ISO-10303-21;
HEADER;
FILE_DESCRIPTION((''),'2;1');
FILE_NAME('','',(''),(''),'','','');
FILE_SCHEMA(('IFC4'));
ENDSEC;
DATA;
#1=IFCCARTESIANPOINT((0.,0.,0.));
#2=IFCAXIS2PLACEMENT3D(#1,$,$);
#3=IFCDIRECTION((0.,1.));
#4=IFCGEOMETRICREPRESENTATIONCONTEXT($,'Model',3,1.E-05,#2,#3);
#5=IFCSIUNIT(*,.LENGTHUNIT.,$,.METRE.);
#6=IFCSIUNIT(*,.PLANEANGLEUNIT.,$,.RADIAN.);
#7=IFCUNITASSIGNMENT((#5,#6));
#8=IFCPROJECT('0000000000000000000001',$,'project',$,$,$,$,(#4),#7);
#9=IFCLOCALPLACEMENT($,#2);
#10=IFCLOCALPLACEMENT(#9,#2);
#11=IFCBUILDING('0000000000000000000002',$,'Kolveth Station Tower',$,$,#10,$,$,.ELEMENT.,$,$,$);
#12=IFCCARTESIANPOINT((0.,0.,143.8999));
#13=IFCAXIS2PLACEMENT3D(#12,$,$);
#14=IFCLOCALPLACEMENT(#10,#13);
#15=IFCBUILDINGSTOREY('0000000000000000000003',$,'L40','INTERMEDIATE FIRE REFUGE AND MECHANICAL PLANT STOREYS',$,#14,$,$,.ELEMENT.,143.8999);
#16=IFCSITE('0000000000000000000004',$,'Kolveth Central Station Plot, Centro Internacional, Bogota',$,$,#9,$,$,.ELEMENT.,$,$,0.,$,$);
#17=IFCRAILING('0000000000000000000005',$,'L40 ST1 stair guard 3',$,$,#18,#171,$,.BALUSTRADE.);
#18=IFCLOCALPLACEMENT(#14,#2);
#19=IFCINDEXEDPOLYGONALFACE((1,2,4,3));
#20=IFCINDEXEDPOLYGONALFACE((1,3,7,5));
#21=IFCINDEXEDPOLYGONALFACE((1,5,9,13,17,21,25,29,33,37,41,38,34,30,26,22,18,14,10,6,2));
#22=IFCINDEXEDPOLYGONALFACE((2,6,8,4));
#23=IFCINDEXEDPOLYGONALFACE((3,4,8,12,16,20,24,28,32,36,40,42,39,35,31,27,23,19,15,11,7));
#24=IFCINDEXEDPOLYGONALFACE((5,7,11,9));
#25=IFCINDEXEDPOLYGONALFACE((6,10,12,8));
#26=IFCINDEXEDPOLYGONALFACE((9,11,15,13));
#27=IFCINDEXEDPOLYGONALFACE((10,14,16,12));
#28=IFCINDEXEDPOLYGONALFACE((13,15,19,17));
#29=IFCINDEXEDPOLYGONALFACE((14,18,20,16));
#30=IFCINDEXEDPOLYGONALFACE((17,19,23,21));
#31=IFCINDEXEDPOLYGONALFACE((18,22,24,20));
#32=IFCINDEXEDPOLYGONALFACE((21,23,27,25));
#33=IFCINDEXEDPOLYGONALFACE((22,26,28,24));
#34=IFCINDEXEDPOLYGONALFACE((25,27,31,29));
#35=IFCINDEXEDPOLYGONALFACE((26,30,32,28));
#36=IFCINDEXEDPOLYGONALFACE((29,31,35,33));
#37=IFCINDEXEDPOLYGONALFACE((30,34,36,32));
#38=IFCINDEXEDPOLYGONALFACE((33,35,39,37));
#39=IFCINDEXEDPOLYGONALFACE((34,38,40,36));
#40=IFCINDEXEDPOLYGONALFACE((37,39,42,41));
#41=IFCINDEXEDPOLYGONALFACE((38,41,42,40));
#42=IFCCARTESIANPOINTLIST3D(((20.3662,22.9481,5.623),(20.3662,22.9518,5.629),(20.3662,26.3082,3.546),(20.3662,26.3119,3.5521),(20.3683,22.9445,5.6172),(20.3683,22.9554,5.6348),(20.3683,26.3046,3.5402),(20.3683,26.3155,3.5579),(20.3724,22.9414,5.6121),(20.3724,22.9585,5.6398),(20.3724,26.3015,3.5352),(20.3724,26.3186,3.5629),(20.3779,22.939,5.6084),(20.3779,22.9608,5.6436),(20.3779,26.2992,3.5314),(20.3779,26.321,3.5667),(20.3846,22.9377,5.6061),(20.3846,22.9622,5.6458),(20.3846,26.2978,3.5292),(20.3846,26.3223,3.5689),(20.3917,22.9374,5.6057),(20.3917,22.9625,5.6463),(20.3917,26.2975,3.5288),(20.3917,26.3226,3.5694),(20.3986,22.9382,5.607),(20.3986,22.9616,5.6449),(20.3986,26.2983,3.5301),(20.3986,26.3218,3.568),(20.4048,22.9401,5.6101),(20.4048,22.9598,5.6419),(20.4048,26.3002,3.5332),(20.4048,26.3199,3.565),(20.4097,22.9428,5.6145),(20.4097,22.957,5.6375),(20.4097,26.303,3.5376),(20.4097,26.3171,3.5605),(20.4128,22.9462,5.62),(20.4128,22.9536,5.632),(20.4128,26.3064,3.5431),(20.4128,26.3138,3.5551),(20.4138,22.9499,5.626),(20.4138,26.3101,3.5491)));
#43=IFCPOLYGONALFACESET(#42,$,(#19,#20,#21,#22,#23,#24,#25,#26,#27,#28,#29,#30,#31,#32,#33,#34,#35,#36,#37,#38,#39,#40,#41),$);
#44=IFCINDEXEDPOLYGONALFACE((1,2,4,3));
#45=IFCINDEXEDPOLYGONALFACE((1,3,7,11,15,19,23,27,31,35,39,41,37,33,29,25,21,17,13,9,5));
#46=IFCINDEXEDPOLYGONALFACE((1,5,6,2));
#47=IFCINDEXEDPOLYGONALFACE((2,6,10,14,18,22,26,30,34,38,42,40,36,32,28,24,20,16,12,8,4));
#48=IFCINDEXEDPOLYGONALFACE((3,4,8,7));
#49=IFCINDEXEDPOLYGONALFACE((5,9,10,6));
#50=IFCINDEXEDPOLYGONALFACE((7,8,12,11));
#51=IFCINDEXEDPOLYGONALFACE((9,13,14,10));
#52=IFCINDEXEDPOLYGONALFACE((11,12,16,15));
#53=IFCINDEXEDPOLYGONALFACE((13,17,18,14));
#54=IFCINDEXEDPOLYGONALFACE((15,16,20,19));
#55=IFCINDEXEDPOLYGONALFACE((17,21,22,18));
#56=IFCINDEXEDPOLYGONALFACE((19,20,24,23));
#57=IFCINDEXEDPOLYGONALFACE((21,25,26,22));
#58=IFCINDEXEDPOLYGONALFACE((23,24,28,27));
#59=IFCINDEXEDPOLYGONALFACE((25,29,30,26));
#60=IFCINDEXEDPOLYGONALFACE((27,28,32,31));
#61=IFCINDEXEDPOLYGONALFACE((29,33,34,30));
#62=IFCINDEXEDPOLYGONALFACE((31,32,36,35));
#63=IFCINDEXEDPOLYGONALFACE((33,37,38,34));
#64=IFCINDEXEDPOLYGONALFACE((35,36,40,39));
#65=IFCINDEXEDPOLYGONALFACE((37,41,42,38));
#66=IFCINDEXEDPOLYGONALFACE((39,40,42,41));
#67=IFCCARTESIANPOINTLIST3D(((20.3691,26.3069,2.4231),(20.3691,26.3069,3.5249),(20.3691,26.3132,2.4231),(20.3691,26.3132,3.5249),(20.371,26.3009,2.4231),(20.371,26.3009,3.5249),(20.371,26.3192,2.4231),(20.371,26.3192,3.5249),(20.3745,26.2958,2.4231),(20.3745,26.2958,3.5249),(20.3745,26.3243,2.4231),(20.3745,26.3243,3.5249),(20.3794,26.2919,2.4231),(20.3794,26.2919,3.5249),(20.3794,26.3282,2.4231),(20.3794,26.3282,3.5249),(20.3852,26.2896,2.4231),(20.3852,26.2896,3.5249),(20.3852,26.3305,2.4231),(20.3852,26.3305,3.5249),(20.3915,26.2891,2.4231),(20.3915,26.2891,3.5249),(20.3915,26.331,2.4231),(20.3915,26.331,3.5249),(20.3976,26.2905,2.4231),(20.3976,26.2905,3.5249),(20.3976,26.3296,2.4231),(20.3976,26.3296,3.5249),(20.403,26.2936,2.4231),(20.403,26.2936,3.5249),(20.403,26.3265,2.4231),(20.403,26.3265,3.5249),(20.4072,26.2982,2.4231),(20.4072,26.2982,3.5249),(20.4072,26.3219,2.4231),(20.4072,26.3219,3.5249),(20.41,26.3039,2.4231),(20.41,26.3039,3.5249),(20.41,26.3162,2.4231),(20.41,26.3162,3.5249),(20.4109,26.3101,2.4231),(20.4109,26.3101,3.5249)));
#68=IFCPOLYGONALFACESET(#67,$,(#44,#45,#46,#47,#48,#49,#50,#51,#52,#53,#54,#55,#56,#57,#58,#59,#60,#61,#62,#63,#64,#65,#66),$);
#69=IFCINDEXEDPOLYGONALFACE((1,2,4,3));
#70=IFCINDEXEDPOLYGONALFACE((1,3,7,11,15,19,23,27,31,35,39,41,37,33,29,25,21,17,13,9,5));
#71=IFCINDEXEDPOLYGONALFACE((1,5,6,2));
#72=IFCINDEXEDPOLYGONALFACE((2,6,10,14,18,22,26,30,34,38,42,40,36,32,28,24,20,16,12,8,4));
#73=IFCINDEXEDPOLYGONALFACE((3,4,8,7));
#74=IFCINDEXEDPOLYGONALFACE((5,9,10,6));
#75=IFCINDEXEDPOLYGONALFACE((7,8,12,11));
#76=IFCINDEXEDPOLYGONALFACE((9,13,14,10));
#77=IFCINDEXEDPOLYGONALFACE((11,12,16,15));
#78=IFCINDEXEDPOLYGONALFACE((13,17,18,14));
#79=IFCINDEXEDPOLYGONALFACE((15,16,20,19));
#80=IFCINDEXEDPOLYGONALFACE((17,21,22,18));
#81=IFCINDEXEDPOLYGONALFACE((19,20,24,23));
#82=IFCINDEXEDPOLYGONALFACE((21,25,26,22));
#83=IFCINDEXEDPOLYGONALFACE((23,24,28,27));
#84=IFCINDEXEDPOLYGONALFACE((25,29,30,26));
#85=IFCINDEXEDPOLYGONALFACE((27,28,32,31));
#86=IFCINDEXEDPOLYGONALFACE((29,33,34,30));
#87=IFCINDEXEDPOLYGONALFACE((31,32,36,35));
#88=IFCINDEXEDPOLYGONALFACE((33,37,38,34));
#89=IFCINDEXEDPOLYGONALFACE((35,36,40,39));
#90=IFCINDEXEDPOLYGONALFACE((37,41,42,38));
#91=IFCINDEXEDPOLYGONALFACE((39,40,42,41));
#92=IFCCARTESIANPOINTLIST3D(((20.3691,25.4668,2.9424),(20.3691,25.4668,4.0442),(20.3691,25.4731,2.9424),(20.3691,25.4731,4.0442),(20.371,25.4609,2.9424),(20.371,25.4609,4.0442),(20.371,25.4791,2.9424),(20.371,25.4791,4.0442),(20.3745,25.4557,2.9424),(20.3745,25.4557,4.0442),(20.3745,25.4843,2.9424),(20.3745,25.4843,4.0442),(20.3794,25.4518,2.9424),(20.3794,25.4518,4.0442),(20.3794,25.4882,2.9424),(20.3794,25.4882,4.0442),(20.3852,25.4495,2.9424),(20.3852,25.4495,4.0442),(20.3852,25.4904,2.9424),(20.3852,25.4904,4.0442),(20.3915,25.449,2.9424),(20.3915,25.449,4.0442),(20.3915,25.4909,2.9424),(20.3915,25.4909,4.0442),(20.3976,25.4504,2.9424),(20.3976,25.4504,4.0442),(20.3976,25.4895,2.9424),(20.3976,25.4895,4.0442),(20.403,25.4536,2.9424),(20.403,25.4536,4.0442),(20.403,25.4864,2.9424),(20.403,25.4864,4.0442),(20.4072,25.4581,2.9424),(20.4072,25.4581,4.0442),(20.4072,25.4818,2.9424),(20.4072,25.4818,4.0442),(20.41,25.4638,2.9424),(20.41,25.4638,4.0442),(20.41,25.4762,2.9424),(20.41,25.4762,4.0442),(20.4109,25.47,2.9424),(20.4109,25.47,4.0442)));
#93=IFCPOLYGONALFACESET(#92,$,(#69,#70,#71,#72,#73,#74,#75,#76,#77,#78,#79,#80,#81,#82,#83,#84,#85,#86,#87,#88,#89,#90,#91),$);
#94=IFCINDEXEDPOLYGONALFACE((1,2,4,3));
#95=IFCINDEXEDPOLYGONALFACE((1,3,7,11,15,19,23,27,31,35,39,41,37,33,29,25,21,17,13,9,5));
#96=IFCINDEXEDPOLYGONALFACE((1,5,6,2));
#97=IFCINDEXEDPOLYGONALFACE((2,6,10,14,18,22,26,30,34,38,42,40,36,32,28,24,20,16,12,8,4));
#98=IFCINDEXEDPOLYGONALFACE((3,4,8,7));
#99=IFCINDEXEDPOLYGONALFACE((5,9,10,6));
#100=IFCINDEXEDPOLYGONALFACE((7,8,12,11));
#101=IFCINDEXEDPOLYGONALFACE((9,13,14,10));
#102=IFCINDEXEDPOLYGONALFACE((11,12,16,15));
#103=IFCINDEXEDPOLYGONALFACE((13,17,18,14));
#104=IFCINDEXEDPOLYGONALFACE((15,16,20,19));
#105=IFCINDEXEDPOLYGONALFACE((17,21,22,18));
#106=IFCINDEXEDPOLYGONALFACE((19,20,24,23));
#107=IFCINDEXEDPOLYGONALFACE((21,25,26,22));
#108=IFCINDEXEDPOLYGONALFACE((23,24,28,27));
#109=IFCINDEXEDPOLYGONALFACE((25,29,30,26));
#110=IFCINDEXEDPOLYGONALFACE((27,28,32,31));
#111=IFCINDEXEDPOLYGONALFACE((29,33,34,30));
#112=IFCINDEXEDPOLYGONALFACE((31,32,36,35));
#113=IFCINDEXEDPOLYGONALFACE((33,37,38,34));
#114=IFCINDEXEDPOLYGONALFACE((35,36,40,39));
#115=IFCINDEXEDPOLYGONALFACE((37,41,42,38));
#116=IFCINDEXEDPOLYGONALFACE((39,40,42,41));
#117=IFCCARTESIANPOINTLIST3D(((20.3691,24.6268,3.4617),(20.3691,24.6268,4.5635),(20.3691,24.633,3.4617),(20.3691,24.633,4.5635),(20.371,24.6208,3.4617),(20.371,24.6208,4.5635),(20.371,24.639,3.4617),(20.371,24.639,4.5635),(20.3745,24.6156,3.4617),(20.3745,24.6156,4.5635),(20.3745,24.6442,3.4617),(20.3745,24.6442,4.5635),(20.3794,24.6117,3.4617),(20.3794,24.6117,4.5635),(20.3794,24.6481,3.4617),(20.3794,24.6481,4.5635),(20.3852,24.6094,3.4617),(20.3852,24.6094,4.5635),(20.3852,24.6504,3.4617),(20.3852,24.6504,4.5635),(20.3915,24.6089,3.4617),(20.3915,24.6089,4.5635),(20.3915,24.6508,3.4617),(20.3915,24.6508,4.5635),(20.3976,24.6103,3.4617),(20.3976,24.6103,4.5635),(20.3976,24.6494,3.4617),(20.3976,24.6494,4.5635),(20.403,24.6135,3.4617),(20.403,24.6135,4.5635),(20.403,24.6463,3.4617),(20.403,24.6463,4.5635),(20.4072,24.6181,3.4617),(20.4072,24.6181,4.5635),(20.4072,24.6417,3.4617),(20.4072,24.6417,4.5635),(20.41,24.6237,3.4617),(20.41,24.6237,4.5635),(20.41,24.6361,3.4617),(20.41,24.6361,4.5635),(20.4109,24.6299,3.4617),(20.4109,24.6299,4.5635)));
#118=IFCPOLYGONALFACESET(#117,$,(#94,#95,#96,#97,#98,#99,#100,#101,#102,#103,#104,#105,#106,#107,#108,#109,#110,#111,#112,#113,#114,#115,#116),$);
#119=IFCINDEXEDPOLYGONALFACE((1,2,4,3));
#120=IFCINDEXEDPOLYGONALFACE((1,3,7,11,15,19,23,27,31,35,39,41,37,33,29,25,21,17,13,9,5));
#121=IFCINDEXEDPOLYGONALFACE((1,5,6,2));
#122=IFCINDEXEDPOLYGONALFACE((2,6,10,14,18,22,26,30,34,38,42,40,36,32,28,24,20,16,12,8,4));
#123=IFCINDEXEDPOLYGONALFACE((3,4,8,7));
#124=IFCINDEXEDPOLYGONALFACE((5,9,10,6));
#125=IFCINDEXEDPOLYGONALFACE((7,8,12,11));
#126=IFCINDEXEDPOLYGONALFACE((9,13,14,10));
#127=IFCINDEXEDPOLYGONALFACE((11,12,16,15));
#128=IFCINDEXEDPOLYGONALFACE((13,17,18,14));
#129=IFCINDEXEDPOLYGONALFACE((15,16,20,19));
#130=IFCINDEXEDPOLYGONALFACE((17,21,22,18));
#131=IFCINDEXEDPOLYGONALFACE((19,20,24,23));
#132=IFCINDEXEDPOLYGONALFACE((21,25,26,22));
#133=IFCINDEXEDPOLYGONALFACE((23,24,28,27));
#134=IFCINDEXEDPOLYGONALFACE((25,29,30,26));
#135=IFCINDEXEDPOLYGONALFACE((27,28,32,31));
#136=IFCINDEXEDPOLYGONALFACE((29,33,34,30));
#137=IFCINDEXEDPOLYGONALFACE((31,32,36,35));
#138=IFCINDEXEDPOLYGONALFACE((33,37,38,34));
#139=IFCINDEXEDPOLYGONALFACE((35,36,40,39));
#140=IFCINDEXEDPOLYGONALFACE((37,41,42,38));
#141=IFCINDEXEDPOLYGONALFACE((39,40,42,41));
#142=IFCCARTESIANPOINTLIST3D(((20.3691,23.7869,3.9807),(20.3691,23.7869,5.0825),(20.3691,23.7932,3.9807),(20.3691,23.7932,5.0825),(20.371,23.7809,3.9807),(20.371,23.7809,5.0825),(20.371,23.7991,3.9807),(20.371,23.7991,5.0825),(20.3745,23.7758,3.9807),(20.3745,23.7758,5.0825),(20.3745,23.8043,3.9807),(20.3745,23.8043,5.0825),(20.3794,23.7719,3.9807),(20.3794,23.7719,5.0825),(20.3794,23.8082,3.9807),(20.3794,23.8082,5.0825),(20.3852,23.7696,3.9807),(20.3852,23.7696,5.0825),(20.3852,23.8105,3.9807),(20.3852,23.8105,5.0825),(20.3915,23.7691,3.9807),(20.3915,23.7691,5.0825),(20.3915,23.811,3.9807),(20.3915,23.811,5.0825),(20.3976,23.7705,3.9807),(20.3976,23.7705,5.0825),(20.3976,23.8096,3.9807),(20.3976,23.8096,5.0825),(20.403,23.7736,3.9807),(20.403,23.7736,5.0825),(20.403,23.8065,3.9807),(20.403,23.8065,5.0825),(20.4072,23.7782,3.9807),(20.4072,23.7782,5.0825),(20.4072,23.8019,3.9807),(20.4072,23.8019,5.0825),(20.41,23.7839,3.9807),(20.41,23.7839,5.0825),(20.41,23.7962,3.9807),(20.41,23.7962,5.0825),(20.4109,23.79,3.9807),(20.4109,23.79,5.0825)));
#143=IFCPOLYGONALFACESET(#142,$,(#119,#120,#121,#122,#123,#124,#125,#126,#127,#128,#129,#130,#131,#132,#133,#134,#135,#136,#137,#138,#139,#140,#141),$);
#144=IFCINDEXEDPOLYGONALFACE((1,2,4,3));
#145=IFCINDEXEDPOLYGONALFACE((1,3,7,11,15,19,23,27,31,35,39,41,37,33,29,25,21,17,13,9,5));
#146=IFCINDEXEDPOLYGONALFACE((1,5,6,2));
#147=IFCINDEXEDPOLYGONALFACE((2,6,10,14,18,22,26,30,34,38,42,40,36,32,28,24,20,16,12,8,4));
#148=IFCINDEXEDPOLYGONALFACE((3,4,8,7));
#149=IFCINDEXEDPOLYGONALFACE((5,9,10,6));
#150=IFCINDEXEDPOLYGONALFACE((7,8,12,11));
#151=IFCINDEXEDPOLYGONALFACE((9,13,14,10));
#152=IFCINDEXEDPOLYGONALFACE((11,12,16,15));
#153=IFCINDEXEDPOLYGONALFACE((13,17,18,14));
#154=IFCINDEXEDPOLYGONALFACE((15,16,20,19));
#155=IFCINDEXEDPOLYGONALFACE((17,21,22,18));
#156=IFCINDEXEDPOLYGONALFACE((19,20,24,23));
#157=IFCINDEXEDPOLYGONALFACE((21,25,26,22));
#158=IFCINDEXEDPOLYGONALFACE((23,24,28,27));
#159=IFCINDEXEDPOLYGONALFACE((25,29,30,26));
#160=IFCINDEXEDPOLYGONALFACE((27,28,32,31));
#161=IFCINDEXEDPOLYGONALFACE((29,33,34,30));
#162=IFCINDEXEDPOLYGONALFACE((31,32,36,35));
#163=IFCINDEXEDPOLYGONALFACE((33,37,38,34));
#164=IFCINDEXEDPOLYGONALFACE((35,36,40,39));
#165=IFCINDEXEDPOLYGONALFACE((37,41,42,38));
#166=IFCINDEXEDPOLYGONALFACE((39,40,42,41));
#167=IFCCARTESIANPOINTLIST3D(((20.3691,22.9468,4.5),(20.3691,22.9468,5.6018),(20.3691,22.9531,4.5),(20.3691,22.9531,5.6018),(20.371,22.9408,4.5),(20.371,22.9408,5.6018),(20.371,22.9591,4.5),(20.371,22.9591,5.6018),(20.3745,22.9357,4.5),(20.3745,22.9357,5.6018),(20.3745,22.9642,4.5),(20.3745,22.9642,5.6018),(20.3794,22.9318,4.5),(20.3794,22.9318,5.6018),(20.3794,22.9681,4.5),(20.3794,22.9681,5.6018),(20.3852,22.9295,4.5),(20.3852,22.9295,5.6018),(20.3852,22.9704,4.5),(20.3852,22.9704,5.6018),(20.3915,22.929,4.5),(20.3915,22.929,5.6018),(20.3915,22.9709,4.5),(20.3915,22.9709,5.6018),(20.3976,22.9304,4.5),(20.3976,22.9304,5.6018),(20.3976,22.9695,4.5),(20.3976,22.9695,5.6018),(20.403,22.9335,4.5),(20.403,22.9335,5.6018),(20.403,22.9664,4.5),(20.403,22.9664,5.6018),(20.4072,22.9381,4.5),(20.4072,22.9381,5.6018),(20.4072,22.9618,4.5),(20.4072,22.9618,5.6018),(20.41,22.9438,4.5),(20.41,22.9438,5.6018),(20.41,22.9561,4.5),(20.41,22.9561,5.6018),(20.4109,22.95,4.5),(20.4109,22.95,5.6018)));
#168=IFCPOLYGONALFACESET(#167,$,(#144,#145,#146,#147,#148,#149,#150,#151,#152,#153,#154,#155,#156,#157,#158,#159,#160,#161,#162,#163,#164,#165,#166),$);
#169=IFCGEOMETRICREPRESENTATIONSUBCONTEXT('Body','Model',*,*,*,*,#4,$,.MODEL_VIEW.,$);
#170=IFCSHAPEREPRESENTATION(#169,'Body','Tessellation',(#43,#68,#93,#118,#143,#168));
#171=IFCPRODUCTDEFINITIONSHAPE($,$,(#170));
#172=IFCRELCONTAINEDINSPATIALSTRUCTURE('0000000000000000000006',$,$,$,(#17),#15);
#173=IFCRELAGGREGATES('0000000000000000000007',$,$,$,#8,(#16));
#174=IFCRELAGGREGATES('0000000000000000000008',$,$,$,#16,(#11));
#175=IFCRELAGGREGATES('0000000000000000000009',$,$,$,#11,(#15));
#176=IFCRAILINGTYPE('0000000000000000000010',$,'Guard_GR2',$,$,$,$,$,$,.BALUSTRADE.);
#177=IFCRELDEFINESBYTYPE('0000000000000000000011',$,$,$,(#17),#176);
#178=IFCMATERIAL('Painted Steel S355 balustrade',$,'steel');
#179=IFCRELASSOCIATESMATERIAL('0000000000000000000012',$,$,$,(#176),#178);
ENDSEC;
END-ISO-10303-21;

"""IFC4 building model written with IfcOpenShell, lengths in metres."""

from ifc_helpers import new_model, si_unit, direction, frame, origin, origin_2d, place, context, subcontext, project, spatial, circle, extrude, material, type_object, element, save


model = new_model("IFC4")

# Units and contexts
model_context = context("Model", 3, precision=1e-05, world=origin(), true_north=direction((0.0, 1.0)))
body_context = subcontext(model_context, "Body", "Model", "MODEL_VIEW")
ifc_project = project(units=[si_unit("LENGTHUNIT", "METRE"), si_unit("PLANEANGLEUNIT", "RADIAN")], contexts=[model_context])

# Site, building, storey
site_placement = place(None, origin())
site = spatial("IfcSite", under=ifc_project, at=site_placement, Name="Kolveth Central Station Plot, Centro Internacional, Bogota", CompositionType="ELEMENT", RefElevation=0.0)
building_placement = place(site_placement, origin())
building = spatial("IfcBuilding", under=site, at=building_placement, Name="Kolveth Station Tower", CompositionType="ELEMENT")
storey_placement = place(building_placement, frame((0.0, 0.0, 143.8999)))
storey = spatial("IfcBuildingStorey", under=building, at=storey_placement, Name="L40", Description="INTERMEDIATE FIRE REFUGE AND MECHANICAL PLANT STOREYS", CompositionType="ELEMENT", Elevation=143.8999)

# Railing
ifc_material_1 = material(Name="Painted Steel S355 balustrade", Category="steel")
railing_type_1 = type_object("IfcRailingType", Name="Guard_GR2", PredefinedType="BALUSTRADE", material=ifc_material_1)
railing_1_placement = place(storey_placement, frame((20.3899, 26.3101, 2.4231)))
element("IfcRailing", 1, at=railing_1_placement, inside=storey, type_object=railing_type_1, Name="L40 ST1 stair guard 3", PredefinedType="BALUSTRADE", context=body_context, shape_type="SweptSolid", body=[
    extrude(circle(Radius=0.0239, at=origin_2d()), frame((0.0, 0.0, 1.126), z_axis=(0.0, -0.850623, 0.525776), x_axis=(1.0, 0.0, 0.0)), (0.0, 0.0, 1.0), 3.9502),
    extrude(circle(Radius=0.021, at=origin_2d()), origin(), (0.0, 0.0, 1.0), 1.1018),
    extrude(circle(Radius=0.021, at=origin_2d()), frame((0.0, -0.8401, 0.5193)), (0.0, 0.0, 1.0), 1.1018),
    extrude(circle(Radius=0.021, at=origin_2d()), frame((0.0, -1.6802, 1.0386)), (0.0, 0.0, 1.0), 1.1018),
    extrude(circle(Radius=0.021, at=origin_2d()), frame((0.0, -2.52, 1.5576)), (0.0, 0.0, 1.0), 1.1018),
    extrude(circle(Radius=0.021, at=origin_2d()), frame((0.0, -3.3601, 2.0769)), (0.0, 0.0, 1.0), 1.1018),
])

save(model, "model.ifc")
